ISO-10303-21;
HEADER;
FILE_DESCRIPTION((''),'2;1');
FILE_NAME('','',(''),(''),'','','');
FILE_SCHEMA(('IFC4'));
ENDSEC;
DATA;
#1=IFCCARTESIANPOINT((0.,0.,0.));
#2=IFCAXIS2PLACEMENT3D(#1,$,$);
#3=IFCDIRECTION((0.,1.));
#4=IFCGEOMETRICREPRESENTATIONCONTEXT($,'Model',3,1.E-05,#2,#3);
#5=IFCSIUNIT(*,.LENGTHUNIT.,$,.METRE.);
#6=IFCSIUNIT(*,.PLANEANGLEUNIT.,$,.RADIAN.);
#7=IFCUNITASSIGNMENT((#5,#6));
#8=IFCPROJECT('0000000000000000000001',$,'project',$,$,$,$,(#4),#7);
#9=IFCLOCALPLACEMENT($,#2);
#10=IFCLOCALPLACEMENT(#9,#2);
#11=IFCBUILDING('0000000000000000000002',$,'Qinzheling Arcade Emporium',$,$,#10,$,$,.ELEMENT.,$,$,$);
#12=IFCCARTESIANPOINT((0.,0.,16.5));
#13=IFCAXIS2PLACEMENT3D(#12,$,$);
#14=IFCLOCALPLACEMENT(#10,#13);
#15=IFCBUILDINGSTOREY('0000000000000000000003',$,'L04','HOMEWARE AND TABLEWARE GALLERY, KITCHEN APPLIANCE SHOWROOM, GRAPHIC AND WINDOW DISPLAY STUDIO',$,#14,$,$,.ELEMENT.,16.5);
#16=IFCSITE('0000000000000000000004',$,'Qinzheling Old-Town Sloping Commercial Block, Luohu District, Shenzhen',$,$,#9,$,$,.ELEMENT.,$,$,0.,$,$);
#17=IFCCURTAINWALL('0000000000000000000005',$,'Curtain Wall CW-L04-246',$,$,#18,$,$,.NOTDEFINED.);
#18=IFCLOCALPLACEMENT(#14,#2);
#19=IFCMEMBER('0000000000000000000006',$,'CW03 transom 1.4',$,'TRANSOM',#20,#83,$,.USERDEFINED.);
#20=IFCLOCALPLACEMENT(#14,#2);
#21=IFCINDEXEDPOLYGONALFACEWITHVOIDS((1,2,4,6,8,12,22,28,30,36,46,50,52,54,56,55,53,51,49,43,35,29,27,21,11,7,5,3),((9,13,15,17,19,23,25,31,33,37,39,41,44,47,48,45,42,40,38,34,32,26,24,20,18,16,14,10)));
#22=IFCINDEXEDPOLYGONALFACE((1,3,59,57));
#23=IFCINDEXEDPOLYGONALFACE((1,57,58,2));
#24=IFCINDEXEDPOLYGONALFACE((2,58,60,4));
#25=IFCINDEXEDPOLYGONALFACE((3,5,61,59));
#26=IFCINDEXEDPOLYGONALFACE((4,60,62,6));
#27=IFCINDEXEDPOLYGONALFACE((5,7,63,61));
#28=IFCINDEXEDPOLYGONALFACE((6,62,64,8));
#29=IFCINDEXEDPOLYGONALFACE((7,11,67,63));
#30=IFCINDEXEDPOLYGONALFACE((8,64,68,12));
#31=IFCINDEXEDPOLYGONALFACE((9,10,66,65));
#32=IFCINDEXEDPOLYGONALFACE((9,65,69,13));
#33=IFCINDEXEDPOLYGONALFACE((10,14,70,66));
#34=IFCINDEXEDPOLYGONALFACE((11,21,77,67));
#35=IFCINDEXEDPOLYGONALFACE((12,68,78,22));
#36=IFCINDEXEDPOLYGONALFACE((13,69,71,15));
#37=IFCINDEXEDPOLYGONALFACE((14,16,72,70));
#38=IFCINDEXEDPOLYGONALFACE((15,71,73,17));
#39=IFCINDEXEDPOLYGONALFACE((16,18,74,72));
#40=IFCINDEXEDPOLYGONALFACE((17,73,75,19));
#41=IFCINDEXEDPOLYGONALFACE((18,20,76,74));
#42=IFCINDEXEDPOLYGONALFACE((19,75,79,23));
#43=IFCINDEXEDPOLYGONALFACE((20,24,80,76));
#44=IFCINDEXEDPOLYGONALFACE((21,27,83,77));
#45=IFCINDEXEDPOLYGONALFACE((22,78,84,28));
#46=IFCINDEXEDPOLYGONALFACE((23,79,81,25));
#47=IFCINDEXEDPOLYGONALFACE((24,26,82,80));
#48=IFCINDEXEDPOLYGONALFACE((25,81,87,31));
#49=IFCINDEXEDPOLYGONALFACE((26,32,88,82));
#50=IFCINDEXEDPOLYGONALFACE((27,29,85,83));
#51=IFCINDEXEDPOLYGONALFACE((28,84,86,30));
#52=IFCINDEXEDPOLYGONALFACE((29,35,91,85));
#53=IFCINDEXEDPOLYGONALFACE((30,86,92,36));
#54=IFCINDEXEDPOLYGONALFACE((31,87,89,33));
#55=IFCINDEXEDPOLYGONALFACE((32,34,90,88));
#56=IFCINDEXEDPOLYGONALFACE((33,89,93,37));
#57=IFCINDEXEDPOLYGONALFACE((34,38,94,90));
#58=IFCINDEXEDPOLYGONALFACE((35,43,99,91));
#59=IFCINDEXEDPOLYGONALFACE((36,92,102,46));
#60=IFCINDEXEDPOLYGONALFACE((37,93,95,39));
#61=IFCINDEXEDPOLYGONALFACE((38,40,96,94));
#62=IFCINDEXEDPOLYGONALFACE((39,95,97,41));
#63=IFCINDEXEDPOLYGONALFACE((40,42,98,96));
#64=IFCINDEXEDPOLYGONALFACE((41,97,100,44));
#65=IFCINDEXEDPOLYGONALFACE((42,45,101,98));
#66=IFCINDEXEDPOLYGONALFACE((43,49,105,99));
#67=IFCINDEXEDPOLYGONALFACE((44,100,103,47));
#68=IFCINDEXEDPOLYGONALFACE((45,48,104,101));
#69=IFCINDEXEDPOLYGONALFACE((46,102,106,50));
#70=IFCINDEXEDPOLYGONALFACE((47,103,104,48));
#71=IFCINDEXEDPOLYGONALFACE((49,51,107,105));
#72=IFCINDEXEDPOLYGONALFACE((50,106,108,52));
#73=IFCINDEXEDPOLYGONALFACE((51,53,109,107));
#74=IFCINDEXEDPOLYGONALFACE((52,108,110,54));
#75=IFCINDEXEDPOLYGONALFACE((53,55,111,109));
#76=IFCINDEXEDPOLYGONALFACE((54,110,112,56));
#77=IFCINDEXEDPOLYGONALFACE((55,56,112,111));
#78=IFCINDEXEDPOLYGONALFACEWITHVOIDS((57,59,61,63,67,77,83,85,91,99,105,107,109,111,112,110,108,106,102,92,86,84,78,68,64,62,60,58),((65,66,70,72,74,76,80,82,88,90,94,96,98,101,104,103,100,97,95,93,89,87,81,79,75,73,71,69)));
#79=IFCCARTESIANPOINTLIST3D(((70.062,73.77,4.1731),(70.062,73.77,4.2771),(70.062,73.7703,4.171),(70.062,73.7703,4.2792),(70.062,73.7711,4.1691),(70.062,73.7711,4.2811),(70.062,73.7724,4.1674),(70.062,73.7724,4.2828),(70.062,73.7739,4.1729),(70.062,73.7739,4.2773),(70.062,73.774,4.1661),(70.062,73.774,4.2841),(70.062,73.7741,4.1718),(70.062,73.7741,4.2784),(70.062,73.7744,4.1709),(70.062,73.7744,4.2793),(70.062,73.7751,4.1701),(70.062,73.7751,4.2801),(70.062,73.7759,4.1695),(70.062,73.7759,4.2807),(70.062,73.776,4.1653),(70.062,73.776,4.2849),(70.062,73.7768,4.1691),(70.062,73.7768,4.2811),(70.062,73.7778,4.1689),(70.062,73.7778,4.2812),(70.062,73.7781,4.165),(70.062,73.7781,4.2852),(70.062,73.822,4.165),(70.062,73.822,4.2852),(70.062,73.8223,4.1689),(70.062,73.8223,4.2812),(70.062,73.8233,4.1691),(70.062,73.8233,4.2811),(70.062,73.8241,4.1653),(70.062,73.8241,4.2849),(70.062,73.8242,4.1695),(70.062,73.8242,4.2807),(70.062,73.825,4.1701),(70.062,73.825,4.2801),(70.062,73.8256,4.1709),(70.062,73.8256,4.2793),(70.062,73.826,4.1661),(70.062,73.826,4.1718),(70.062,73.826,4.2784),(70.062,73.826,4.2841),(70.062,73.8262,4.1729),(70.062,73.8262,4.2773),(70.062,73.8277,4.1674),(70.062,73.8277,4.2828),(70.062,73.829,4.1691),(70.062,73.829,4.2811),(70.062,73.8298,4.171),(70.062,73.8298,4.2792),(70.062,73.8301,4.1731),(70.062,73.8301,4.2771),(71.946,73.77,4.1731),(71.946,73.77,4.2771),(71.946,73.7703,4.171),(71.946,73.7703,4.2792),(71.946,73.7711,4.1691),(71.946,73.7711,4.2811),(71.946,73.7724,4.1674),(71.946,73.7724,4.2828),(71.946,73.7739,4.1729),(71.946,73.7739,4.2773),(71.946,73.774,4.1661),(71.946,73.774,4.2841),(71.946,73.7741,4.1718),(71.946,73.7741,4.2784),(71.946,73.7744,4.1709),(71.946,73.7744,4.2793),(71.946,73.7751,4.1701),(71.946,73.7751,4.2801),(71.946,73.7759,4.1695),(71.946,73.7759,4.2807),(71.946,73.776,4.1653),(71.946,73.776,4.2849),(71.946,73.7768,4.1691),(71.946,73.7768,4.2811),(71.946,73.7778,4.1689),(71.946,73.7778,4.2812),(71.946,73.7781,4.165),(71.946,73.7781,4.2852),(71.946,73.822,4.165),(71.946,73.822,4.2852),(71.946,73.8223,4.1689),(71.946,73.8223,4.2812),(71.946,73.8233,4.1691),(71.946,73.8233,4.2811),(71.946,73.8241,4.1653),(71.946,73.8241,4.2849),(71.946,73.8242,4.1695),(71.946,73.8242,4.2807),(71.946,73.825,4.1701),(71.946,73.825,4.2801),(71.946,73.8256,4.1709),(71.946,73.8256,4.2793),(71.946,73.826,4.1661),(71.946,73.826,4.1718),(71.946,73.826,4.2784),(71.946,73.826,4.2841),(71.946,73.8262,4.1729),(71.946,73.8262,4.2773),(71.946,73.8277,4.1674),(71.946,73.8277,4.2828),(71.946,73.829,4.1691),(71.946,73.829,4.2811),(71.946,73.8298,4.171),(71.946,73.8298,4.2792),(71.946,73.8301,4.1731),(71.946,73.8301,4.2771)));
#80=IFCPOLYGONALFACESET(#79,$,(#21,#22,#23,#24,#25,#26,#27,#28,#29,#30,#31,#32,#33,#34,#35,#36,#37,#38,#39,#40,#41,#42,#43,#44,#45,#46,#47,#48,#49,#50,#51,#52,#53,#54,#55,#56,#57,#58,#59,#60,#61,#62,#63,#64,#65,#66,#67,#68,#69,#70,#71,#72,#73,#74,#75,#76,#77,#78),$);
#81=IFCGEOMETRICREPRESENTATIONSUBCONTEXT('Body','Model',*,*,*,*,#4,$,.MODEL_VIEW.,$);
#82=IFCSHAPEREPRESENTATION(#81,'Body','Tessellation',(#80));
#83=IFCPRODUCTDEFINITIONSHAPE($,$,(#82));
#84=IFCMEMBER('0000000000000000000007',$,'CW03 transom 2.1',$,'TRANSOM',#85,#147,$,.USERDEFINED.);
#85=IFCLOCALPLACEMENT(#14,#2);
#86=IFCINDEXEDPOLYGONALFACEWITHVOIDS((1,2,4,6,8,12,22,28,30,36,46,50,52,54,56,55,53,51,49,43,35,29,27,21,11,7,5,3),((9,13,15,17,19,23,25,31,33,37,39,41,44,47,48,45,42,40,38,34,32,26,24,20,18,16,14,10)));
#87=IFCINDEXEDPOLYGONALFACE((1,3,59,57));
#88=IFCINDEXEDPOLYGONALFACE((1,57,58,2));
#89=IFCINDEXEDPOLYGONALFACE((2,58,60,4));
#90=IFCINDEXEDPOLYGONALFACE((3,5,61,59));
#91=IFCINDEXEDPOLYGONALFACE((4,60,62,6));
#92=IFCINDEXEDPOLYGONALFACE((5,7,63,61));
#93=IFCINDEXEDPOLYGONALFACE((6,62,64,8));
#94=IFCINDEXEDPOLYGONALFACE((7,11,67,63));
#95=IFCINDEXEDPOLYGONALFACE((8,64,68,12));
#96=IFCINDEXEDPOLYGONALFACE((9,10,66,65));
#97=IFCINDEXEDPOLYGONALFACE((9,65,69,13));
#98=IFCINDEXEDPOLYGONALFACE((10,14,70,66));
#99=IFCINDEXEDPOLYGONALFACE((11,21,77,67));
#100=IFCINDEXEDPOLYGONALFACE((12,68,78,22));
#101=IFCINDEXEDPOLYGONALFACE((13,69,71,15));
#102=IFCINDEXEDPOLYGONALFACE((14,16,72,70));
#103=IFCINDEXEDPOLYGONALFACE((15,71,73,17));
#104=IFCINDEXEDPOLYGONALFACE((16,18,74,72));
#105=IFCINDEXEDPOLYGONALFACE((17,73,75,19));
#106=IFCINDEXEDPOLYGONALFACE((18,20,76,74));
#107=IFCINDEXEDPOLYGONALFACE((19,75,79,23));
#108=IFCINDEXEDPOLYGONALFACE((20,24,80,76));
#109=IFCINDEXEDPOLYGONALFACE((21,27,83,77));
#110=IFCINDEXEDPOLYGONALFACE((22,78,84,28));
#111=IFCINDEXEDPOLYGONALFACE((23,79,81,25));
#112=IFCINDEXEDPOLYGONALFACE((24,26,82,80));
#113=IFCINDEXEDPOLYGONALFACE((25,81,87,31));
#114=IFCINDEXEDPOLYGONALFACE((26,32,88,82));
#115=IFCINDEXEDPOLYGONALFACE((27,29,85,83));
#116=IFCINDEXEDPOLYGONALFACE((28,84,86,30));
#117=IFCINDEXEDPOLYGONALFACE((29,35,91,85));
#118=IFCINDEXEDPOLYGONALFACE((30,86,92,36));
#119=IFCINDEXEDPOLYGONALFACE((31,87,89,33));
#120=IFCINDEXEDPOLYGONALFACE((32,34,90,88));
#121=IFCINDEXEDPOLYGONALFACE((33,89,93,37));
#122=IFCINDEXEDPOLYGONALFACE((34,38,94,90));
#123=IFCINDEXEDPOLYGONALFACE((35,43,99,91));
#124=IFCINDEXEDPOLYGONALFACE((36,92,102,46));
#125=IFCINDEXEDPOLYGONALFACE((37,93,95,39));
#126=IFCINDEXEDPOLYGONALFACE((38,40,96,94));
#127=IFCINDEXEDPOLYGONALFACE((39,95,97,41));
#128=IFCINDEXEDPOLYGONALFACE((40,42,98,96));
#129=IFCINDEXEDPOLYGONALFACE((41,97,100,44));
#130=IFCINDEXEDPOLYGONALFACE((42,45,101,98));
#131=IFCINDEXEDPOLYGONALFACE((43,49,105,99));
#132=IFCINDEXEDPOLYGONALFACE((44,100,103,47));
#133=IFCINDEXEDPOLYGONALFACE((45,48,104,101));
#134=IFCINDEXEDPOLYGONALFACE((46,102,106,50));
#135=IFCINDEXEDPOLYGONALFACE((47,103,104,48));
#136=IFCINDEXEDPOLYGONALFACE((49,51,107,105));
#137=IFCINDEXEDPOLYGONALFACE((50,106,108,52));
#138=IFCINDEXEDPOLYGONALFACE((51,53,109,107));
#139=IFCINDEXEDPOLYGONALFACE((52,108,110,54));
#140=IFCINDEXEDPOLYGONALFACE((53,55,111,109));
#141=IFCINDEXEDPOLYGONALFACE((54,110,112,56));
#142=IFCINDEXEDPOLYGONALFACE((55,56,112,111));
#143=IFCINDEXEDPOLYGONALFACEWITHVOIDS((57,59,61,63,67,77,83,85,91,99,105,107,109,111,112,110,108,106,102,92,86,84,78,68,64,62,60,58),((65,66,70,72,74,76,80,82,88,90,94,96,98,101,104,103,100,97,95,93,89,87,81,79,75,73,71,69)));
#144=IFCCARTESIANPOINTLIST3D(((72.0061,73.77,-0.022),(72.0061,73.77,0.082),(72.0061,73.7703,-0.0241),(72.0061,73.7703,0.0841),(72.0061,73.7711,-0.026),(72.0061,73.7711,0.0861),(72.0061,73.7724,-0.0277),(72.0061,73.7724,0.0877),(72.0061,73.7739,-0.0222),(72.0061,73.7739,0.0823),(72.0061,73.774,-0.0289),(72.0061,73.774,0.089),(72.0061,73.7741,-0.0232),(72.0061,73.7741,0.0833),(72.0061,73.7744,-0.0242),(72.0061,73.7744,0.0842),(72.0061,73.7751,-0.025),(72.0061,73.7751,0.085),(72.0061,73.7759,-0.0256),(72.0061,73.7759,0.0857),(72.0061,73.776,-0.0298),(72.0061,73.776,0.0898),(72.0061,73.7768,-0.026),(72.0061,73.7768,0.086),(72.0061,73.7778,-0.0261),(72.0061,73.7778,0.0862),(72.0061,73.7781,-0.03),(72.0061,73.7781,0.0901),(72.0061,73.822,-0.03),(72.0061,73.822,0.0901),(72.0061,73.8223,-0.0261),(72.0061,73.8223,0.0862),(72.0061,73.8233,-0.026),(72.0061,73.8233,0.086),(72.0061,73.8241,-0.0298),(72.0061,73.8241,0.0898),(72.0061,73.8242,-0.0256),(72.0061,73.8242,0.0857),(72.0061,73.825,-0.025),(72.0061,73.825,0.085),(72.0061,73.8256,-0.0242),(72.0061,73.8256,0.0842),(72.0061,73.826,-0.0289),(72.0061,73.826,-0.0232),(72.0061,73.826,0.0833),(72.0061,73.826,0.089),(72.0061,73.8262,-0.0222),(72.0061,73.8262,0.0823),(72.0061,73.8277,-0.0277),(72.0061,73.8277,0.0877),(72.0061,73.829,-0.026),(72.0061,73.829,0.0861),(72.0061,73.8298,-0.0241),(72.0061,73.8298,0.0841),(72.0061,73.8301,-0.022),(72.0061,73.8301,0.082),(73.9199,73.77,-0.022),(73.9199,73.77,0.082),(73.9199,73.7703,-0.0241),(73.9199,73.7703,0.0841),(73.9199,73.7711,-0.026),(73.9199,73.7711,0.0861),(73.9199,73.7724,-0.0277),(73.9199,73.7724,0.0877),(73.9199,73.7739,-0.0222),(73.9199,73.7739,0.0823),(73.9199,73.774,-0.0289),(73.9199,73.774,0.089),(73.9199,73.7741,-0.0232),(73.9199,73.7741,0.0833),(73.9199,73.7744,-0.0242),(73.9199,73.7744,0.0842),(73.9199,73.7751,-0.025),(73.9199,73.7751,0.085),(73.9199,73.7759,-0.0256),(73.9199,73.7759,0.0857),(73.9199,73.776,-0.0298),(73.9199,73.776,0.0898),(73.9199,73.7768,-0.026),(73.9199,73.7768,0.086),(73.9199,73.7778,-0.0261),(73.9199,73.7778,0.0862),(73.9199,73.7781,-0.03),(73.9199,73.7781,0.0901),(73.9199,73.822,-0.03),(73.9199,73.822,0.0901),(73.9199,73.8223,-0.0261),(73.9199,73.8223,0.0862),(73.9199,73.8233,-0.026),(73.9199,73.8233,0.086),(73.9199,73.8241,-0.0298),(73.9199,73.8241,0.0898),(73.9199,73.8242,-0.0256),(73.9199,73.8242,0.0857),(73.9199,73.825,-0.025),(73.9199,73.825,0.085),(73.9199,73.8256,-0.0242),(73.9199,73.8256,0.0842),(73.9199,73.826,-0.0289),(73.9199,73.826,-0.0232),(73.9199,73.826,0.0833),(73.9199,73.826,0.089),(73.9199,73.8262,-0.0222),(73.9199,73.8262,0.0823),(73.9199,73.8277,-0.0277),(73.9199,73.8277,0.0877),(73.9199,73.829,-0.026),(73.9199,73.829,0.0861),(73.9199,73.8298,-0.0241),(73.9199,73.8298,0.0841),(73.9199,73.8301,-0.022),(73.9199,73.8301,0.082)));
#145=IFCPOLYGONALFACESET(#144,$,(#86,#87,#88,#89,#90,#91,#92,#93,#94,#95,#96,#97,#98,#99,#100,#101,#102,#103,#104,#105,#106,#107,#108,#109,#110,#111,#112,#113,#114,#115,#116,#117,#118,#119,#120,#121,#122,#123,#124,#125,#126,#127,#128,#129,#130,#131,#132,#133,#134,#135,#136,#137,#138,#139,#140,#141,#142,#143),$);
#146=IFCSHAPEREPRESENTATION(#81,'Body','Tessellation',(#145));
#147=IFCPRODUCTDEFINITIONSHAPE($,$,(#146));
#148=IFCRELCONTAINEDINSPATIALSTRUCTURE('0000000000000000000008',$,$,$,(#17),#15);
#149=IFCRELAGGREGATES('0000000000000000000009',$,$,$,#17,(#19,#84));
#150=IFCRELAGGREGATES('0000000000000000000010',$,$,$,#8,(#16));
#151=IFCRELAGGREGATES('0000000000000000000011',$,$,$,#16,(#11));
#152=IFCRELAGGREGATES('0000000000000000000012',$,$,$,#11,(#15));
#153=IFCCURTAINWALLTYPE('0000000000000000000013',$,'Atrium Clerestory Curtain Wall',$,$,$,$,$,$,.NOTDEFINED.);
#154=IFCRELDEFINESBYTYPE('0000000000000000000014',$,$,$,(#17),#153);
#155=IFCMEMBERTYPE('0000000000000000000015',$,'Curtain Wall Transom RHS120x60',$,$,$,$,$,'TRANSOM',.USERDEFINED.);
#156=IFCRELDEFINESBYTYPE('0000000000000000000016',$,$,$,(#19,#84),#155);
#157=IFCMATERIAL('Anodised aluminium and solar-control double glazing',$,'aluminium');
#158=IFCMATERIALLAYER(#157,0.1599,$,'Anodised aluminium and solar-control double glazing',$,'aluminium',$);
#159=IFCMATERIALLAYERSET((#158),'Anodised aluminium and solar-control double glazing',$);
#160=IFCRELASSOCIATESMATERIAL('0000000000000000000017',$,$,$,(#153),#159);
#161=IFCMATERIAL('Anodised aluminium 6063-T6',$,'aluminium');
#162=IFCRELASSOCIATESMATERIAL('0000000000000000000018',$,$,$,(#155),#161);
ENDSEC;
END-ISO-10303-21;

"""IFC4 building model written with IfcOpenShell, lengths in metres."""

from ifc_helpers import new_model, si_unit, direction, frame, origin, origin_2d, place, context, subcontext, project, spatial, hollow_rectangle, extrude, material, layer, layer_set, material_profile, profile_set, type_object, element, aggregate, save


model = new_model("IFC4")

# Units and contexts
model_context = context("Model", 3, precision=1e-05, world=origin(), true_north=direction((0.0, 1.0)))
body_context = subcontext(model_context, "Body", "Model", "MODEL_VIEW")
ifc_project = project(units=[si_unit("LENGTHUNIT", "METRE"), si_unit("PLANEANGLEUNIT", "RADIAN")], contexts=[model_context])

# Site, building, storey
site_placement = place(None, origin())
site = spatial("IfcSite", under=ifc_project, at=site_placement, Name="Qinzheling Old-Town Sloping Commercial Block, Luohu District, Shenzhen", CompositionType="ELEMENT", RefElevation=0.0)
building_placement = place(site_placement, origin())
building = spatial("IfcBuilding", under=site, at=building_placement, Name="Qinzheling Arcade Emporium", CompositionType="ELEMENT")
storey_placement = place(building_placement, frame((0.0, 0.0, 16.5)))
storey = spatial("IfcBuildingStorey", under=building, at=storey_placement, Name="L04", Description="HOMEWARE AND TABLEWARE GALLERY, KITCHEN APPLIANCE SHOWROOM, GRAPHIC AND WINDOW DISPLAY STUDIO", CompositionType="ELEMENT", Elevation=16.5)

# Curtain wall
ifc_material_1 = material(Name="Anodised aluminium and solar-control double glazing", Category="aluminium")
ifc_layer_1 = layer(ifc_material_1, 0.1599, Name="Anodised aluminium and solar-control double glazing", Category="aluminium")
ifc_layer_set_1 = layer_set([ifc_layer_1], Name="Anodised aluminium and solar-control double glazing")
curtain_wall_type = type_object("IfcCurtainWallType", Name="Atrium Clerestory Curtain Wall", PredefinedType="NOTDEFINED", material=ifc_layer_set_1)
ifc_material_2 = material(Name="Anodised aluminium 6063-T6", Category="aluminium")
curtain_wall_1_placement = place(storey_placement, origin())
curtain_wall_1 = element("IfcCurtainWall", 1, at=curtain_wall_1_placement, inside=storey, type_object=curtain_wall_type, Name="Curtain Wall CW-L04-246", PredefinedType="NOTDEFINED")

# Members
ifc_material_profile_1 = material_profile(ifc_material_2, hollow_rectangle(XDim=0.0601, YDim=0.1201, WallThickness=0.0039, InnerFilletRadius=0.0039, OuterFilletRadius=0.0081, at=origin_2d()), Name="RHS 120x60x4", Category="aluminium")
ifc_profile_set_1 = profile_set([ifc_material_profile_1], Name="Anodised aluminium 6063-T6")
member_type_1 = type_object("IfcMemberType", Name="Curtain Wall Transom RHS120x60", ElementType="TRANSOM", PredefinedType="USERDEFINED", material=ifc_profile_set_1)
member_1_placement = place(storey_placement, frame((70.062, 73.8, 4.2251), z_axis=(1.0, 0.0, 0.0), x_axis=(0.0, 1.0, 0.0)))
member_1 = element("IfcMember", 2, at=member_1_placement, type_object=member_type_1, Name="CW03 transom 1.4", ObjectType="TRANSOM", PredefinedType="USERDEFINED", context=body_context, shape_type="SweptSolid", body=[
    extrude(hollow_rectangle(XDim=0.0601, YDim=0.1201, WallThickness=0.0039, InnerFilletRadius=0.0039, OuterFilletRadius=0.0081, at=origin_2d()), origin(), (0.0, 0.0, 1.0), 1.884),
])
member_2_placement = place(storey_placement, frame((72.0061, 73.8, 0.03), z_axis=(1.0, 0.0, 0.0), x_axis=(0.0, 1.0, 0.0)))
member_2 = element("IfcMember", 3, at=member_2_placement, type_object=member_type_1, Name="CW03 transom 2.1", ObjectType="TRANSOM", PredefinedType="USERDEFINED", context=body_context, shape_type="SweptSolid", body=[
    extrude(hollow_rectangle(XDim=0.0601, YDim=0.1201, WallThickness=0.0039, InnerFilletRadius=0.0039, OuterFilletRadius=0.0081, at=origin_2d()), origin(), (0.0, 0.0, 1.0), 1.9138),
])

aggregate(curtain_wall_1, [member_1, member_2])

save(model, "model.ifc")
